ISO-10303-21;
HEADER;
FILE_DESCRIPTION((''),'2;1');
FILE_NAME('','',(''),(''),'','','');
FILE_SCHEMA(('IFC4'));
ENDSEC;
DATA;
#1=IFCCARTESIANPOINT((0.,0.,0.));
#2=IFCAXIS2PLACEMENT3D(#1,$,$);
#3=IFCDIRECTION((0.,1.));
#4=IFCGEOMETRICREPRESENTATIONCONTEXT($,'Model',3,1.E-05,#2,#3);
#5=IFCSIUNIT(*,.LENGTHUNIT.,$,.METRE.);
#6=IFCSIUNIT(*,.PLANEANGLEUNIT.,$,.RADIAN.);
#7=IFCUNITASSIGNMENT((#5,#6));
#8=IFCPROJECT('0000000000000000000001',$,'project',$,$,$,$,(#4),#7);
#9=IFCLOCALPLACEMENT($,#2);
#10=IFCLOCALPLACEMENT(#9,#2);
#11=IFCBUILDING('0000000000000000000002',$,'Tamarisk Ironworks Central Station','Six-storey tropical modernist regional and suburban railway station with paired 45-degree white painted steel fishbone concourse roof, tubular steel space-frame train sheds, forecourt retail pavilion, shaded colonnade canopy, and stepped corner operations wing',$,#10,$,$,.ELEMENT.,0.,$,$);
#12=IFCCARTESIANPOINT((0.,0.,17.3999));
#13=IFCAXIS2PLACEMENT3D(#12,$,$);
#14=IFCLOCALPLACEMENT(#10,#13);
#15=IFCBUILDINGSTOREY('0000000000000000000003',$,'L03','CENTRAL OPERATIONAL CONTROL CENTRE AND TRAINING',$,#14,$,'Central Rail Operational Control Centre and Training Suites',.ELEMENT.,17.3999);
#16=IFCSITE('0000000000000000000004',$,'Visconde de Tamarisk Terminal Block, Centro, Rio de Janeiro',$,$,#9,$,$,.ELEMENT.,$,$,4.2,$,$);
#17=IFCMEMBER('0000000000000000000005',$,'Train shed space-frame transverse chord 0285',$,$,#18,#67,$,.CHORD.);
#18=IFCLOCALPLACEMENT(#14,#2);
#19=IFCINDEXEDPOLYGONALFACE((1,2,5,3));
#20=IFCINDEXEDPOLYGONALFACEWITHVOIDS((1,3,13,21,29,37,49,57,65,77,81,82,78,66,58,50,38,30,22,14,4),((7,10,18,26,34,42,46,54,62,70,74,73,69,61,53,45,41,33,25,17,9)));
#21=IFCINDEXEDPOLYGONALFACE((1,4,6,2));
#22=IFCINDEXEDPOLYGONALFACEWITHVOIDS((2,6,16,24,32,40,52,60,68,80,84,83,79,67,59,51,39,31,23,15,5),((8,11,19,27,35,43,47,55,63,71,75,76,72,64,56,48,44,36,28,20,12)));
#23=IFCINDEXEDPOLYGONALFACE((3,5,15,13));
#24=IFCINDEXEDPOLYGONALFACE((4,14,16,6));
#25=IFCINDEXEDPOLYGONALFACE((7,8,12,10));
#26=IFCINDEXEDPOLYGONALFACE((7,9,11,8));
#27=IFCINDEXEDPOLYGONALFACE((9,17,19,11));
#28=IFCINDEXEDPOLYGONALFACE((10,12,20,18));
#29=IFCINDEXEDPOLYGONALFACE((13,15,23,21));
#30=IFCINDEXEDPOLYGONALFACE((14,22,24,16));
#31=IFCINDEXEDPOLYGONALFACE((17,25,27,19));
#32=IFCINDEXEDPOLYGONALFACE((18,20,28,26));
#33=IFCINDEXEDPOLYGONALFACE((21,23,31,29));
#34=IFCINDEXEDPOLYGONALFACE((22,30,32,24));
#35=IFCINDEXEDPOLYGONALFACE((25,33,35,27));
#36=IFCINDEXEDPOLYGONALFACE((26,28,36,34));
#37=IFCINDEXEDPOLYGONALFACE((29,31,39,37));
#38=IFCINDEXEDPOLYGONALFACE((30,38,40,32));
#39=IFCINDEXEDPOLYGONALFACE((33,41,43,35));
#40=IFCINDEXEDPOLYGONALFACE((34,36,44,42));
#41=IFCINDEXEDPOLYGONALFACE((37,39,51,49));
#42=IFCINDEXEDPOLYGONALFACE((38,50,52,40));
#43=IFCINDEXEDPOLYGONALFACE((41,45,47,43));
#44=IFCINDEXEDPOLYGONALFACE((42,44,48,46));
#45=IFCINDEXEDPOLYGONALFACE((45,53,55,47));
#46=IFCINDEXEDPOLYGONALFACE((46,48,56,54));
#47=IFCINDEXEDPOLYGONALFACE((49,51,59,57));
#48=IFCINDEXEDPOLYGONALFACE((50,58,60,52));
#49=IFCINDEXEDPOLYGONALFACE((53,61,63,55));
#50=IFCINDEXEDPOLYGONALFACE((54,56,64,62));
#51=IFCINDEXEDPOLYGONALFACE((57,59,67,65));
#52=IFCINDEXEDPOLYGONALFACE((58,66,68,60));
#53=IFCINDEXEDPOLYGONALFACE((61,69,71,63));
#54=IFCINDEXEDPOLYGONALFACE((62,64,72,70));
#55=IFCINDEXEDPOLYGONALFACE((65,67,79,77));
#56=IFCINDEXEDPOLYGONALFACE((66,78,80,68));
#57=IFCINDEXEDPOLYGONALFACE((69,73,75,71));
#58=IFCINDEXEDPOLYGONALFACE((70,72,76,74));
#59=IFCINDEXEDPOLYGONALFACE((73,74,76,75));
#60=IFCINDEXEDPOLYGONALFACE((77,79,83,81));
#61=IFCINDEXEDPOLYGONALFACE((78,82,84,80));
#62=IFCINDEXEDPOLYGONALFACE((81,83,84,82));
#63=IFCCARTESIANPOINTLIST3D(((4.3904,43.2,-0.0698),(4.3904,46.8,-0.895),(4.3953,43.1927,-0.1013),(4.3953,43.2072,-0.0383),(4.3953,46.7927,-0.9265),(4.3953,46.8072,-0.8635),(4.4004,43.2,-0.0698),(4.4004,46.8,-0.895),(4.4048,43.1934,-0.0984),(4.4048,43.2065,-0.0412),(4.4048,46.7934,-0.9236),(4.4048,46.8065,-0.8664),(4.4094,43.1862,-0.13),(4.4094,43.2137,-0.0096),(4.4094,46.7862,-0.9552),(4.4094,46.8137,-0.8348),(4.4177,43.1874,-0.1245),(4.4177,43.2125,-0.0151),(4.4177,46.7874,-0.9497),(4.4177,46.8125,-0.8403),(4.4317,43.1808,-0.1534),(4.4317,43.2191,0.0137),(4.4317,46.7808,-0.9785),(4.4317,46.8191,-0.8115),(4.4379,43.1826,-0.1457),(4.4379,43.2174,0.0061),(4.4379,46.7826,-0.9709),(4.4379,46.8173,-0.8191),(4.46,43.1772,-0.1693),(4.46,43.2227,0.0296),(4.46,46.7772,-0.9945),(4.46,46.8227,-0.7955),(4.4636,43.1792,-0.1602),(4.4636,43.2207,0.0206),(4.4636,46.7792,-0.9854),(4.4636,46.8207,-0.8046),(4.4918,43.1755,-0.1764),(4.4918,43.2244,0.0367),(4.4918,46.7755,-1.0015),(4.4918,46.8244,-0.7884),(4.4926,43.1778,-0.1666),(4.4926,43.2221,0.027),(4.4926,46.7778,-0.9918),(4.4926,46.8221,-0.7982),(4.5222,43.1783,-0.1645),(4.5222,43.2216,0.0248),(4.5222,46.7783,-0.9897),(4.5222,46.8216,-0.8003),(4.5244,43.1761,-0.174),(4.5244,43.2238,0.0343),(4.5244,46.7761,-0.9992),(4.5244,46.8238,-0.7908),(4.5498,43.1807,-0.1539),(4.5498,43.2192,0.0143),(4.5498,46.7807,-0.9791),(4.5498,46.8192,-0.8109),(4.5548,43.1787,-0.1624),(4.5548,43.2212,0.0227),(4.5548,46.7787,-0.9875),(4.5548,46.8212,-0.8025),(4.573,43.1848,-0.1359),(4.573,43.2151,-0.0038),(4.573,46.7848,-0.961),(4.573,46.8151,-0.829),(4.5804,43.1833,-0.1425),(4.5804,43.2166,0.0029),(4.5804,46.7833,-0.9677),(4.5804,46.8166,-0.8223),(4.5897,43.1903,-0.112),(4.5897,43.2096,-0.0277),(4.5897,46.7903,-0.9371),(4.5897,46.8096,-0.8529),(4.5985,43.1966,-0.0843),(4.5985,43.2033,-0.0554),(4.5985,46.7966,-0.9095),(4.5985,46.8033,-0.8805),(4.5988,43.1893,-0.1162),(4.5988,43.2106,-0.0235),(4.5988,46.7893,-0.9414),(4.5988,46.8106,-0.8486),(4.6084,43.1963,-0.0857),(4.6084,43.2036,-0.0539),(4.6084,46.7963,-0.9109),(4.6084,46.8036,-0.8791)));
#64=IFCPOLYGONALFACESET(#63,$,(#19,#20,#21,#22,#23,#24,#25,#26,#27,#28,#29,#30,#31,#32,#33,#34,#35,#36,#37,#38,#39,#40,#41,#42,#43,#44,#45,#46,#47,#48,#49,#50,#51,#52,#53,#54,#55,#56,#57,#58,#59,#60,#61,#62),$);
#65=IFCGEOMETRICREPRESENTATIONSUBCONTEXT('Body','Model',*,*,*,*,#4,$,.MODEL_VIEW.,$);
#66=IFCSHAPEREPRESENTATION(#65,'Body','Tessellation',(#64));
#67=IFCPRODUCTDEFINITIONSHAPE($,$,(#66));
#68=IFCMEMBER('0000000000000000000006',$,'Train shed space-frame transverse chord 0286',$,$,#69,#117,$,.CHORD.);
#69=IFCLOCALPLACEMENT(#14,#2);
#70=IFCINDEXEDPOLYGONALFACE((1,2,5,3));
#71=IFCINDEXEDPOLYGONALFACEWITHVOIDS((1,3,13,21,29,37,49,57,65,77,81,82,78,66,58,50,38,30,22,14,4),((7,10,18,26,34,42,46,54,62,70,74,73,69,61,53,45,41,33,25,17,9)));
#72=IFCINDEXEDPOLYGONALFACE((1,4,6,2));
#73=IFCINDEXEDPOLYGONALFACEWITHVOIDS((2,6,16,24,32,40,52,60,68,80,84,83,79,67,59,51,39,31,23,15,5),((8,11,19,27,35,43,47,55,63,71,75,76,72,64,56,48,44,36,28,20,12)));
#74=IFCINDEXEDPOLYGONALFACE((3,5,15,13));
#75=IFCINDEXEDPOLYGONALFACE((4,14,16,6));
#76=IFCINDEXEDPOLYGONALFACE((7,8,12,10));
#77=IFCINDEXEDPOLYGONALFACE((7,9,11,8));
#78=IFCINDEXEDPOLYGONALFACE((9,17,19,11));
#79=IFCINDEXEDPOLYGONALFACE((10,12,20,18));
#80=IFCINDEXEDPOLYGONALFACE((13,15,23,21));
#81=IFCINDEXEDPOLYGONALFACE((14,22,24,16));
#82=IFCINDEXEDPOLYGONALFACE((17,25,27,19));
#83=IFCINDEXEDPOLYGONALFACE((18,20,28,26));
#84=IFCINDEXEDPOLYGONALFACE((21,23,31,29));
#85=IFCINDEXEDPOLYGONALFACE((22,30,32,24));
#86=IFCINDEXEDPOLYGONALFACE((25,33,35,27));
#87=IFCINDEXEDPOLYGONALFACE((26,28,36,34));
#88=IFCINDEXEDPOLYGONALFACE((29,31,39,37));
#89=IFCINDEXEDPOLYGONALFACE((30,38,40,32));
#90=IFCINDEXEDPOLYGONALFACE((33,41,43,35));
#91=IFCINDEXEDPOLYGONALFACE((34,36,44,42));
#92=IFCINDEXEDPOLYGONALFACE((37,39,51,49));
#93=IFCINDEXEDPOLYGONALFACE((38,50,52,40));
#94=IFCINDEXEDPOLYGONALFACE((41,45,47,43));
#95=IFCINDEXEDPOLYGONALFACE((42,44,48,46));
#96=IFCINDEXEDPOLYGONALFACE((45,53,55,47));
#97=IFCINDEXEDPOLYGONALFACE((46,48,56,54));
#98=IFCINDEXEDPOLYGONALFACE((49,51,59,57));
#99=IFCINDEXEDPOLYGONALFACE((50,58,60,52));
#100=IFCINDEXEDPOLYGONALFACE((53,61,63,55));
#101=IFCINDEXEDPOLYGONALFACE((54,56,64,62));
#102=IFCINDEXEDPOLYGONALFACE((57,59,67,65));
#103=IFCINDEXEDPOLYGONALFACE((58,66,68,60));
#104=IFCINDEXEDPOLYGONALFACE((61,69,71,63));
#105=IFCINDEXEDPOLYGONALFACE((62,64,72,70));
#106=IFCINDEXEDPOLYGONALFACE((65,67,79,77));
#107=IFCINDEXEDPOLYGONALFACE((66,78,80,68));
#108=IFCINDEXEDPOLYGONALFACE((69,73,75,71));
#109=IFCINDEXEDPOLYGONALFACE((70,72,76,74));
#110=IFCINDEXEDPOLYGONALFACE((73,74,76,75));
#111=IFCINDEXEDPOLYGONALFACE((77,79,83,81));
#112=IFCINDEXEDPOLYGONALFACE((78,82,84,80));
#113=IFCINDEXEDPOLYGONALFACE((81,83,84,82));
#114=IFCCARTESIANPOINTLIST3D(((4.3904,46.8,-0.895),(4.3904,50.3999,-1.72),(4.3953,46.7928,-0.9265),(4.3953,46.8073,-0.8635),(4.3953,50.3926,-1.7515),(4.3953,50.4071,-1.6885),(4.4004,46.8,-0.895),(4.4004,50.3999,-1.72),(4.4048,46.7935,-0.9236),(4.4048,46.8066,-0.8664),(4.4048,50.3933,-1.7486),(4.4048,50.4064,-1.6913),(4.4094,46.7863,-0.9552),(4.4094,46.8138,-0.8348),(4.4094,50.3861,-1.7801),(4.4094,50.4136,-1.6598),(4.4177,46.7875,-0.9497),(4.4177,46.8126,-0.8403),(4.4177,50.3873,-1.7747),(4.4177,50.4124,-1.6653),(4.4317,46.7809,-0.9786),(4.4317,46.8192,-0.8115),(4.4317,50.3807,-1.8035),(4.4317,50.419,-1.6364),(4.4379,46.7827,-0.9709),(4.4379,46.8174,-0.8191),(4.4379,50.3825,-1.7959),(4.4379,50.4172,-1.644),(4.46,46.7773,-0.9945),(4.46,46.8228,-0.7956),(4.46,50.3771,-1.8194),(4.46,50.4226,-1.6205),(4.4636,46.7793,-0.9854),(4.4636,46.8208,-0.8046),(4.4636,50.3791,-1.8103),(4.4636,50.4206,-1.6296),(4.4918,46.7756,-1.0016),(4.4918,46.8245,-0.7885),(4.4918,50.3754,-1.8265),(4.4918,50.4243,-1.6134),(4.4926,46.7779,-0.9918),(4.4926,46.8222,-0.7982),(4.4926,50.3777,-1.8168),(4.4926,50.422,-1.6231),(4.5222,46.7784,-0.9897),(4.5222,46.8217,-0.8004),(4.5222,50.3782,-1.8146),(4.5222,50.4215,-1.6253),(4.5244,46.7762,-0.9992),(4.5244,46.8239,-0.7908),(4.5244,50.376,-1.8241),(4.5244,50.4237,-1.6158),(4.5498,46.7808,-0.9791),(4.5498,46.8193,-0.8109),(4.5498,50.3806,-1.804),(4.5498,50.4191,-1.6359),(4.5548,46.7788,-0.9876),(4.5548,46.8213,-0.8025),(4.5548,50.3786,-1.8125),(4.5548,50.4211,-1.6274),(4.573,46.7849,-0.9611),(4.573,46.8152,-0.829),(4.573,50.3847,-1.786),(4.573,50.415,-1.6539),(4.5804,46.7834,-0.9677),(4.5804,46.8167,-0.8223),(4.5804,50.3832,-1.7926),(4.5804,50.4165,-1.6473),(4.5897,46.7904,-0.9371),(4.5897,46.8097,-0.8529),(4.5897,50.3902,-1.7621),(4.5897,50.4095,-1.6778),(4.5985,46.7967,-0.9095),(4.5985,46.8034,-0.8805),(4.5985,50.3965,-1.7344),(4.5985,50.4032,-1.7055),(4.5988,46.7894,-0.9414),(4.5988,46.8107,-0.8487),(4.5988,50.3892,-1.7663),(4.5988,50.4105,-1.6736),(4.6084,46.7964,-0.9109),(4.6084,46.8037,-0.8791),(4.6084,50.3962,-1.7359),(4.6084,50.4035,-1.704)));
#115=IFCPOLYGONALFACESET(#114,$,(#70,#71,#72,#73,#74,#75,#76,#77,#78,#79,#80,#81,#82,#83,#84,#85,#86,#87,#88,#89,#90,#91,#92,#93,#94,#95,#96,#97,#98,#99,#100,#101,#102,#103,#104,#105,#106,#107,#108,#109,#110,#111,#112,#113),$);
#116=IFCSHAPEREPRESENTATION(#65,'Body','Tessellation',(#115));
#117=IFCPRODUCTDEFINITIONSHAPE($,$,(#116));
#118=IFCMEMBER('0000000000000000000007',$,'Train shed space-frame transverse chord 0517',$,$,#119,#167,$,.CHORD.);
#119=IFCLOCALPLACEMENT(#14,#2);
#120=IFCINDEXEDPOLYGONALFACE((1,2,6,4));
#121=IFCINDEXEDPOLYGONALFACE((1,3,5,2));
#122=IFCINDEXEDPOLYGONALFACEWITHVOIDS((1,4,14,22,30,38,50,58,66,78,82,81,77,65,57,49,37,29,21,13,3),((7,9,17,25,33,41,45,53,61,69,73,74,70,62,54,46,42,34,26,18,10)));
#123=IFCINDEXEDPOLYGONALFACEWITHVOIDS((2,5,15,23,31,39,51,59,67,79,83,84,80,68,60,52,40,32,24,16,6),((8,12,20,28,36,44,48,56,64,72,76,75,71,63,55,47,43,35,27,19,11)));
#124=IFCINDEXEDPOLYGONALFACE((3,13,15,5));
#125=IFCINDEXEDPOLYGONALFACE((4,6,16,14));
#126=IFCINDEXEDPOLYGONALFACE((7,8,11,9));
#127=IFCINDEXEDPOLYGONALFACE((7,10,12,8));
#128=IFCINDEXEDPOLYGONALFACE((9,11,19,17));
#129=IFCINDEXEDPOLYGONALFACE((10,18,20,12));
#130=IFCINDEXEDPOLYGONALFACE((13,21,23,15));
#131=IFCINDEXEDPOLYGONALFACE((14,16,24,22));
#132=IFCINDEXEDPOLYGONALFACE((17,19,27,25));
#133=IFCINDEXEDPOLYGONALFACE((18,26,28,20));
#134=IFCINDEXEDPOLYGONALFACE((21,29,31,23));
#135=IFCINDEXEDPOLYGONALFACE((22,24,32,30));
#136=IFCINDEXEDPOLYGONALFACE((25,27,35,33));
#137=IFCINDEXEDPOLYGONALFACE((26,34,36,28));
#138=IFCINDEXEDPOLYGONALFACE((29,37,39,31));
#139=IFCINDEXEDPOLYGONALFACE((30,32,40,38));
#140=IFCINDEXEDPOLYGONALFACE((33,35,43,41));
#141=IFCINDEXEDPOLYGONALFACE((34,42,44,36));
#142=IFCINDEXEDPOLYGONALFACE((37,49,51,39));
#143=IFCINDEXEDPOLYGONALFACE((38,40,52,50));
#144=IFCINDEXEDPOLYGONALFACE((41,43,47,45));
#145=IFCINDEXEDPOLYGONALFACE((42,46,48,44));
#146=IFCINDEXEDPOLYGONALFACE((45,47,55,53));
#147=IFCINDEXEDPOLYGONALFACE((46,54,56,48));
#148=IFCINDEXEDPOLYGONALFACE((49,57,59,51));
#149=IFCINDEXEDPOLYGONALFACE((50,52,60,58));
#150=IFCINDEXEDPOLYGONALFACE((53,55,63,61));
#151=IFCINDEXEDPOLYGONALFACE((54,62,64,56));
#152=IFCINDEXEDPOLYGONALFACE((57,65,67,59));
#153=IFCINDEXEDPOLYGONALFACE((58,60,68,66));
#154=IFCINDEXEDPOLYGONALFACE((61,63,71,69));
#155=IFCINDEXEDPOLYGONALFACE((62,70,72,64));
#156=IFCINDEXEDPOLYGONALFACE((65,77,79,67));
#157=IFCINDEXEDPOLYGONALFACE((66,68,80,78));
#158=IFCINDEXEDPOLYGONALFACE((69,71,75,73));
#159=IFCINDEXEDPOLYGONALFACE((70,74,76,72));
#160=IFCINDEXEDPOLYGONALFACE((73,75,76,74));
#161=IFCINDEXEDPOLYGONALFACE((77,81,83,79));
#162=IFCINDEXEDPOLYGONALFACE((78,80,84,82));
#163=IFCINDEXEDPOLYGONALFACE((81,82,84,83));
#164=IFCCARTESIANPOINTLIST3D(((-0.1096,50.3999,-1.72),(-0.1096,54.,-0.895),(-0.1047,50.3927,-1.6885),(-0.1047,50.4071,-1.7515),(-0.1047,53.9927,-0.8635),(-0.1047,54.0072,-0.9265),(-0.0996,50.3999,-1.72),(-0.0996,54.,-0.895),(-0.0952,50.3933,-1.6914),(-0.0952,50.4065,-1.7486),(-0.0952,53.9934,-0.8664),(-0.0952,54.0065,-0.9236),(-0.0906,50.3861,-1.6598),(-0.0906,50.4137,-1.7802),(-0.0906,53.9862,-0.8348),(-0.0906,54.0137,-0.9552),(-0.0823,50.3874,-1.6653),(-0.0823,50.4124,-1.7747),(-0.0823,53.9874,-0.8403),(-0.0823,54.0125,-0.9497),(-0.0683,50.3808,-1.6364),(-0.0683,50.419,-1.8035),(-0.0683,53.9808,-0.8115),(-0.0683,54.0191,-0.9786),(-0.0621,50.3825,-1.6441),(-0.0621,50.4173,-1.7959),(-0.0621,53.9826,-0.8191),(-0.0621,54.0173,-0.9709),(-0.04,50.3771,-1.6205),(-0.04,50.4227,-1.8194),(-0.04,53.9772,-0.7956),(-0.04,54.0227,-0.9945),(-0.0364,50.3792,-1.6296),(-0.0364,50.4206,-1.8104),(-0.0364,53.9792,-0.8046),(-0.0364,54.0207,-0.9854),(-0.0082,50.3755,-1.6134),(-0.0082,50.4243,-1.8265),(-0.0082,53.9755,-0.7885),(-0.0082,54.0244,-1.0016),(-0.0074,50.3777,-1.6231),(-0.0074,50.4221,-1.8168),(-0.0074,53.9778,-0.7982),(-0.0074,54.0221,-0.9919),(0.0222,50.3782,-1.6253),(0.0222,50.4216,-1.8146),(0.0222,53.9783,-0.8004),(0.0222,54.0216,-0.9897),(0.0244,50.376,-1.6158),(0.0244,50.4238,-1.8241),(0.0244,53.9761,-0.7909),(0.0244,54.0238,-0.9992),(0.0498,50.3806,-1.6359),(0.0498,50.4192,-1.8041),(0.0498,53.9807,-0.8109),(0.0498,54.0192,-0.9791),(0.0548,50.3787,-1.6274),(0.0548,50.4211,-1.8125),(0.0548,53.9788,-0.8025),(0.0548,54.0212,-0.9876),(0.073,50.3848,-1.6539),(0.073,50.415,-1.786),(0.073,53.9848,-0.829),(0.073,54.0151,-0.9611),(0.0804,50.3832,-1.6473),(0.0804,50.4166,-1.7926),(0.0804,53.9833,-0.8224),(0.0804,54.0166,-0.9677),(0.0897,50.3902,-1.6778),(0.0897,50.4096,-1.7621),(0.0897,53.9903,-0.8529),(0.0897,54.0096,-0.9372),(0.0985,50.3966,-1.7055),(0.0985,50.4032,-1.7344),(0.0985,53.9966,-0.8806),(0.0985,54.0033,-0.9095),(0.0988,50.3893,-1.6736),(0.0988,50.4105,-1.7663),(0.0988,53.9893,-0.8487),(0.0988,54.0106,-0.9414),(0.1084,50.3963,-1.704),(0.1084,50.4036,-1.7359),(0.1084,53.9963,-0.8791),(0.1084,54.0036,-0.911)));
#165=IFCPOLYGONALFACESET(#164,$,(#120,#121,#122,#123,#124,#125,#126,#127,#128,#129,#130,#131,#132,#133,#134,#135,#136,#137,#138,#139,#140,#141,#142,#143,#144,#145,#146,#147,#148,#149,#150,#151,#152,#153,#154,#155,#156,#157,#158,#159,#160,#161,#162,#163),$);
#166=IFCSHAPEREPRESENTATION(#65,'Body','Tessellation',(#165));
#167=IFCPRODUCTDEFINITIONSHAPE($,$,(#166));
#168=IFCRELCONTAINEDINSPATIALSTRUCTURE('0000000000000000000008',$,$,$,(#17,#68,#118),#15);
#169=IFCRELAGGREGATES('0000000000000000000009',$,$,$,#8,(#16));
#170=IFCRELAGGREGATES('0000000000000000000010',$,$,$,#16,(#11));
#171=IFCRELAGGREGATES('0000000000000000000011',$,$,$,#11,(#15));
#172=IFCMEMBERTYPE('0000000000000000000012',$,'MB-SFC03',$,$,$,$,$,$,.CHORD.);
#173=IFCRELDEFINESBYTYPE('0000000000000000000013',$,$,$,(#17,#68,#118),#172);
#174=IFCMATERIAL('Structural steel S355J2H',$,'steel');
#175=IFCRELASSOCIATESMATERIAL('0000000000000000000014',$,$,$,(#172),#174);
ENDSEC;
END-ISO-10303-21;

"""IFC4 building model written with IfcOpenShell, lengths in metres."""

from ifc_helpers import new_model, si_unit, direction, frame, origin, origin_2d, place, context, subcontext, project, spatial, hollow_circle, extrude, material, material_profile, profile_set, type_object, element, save


model = new_model("IFC4")

# Units and contexts
model_context = context("Model", 3, precision=1e-05, world=origin(), true_north=direction((0.0, 1.0)))
body_context = subcontext(model_context, "Body", "Model", "MODEL_VIEW")
ifc_project = project(units=[si_unit("LENGTHUNIT", "METRE"), si_unit("PLANEANGLEUNIT", "RADIAN")], contexts=[model_context])

# Site, building, storey
site_placement = place(None, origin())
site = spatial("IfcSite", under=ifc_project, at=site_placement, Name="Visconde de Tamarisk Terminal Block, Centro, Rio de Janeiro", CompositionType="ELEMENT", RefElevation=4.2)
building_placement = place(site_placement, origin())
building = spatial("IfcBuilding", under=site, at=building_placement, Name="Tamarisk Ironworks Central Station", Description="Six-storey tropical modernist regional and suburban railway station with paired 45-degree white painted steel fishbone concourse roof, tubular steel space-frame train sheds, forecourt retail pavilion, shaded colonnade canopy, and stepped corner operations wing", CompositionType="ELEMENT", ElevationOfRefHeight=0.0)
storey_placement = place(building_placement, frame((0.0, 0.0, 17.3999)))
storey = spatial("IfcBuildingStorey", under=building, at=storey_placement, Name="L03", Description="CENTRAL OPERATIONAL CONTROL CENTRE AND TRAINING", LongName="Central Rail Operational Control Centre and Training Suites", CompositionType="ELEMENT", Elevation=17.3999)

# Members
ifc_material_1 = material(Name="Structural steel S355J2H", Category="steel")
ifc_material_profile_1 = material_profile(ifc_material_1, hollow_circle(Radius=0.1096, WallThickness=0.01, at=origin_2d()), Name="CHS 219.1x10")
ifc_profile_set_1 = profile_set([ifc_material_profile_1], Name="Structural steel S355J2H")
member_type_1 = type_object("IfcMemberType", Name="MB-SFC03", PredefinedType="CHORD", material=ifc_profile_set_1)
member_1_placement = place(storey_placement, frame((4.5, 43.2, -0.0698), z_axis=(0.0, 0.974722, -0.223421), x_axis=(-1.0, 0.0, 0.0)))
element("IfcMember", 1, at=member_1_placement, inside=storey, type_object=member_type_1, Name="Train shed space-frame transverse chord 0285", PredefinedType="CHORD", context=body_context, shape_type="SweptSolid", body=[
    extrude(hollow_circle(Radius=0.1096, WallThickness=0.01, at=origin_2d()), origin(), (0.0, 0.0, 1.0), 3.6934),
])
member_2_placement = place(storey_placement, frame((4.5, 46.8, -0.895), z_axis=(0.0, 0.974733, -0.223372), x_axis=(-1.0, 0.0, 0.0)))
element("IfcMember", 2, at=member_2_placement, inside=storey, type_object=member_type_1, Name="Train shed space-frame transverse chord 0286", PredefinedType="CHORD", context=body_context, shape_type="SweptSolid", body=[
    extrude(hollow_circle(Radius=0.1096, WallThickness=0.01, at=origin_2d()), origin(), (0.0, 0.0, 1.0), 3.6931),
])
member_3_placement = place(storey_placement, frame((0.0, 50.3999, -1.72), z_axis=(0.0, 0.974737, 0.223358), x_axis=(-1.0, 0.0, 0.0)))
element("IfcMember", 3, at=member_3_placement, inside=storey, type_object=member_type_1, Name="Train shed space-frame transverse chord 0517", PredefinedType="CHORD", context=body_context, shape_type="SweptSolid", body=[
    extrude(hollow_circle(Radius=0.1096, WallThickness=0.01, at=origin_2d()), origin(), (0.0, 0.0, 1.0), 3.6934),
])

save(model, "model.ifc")
